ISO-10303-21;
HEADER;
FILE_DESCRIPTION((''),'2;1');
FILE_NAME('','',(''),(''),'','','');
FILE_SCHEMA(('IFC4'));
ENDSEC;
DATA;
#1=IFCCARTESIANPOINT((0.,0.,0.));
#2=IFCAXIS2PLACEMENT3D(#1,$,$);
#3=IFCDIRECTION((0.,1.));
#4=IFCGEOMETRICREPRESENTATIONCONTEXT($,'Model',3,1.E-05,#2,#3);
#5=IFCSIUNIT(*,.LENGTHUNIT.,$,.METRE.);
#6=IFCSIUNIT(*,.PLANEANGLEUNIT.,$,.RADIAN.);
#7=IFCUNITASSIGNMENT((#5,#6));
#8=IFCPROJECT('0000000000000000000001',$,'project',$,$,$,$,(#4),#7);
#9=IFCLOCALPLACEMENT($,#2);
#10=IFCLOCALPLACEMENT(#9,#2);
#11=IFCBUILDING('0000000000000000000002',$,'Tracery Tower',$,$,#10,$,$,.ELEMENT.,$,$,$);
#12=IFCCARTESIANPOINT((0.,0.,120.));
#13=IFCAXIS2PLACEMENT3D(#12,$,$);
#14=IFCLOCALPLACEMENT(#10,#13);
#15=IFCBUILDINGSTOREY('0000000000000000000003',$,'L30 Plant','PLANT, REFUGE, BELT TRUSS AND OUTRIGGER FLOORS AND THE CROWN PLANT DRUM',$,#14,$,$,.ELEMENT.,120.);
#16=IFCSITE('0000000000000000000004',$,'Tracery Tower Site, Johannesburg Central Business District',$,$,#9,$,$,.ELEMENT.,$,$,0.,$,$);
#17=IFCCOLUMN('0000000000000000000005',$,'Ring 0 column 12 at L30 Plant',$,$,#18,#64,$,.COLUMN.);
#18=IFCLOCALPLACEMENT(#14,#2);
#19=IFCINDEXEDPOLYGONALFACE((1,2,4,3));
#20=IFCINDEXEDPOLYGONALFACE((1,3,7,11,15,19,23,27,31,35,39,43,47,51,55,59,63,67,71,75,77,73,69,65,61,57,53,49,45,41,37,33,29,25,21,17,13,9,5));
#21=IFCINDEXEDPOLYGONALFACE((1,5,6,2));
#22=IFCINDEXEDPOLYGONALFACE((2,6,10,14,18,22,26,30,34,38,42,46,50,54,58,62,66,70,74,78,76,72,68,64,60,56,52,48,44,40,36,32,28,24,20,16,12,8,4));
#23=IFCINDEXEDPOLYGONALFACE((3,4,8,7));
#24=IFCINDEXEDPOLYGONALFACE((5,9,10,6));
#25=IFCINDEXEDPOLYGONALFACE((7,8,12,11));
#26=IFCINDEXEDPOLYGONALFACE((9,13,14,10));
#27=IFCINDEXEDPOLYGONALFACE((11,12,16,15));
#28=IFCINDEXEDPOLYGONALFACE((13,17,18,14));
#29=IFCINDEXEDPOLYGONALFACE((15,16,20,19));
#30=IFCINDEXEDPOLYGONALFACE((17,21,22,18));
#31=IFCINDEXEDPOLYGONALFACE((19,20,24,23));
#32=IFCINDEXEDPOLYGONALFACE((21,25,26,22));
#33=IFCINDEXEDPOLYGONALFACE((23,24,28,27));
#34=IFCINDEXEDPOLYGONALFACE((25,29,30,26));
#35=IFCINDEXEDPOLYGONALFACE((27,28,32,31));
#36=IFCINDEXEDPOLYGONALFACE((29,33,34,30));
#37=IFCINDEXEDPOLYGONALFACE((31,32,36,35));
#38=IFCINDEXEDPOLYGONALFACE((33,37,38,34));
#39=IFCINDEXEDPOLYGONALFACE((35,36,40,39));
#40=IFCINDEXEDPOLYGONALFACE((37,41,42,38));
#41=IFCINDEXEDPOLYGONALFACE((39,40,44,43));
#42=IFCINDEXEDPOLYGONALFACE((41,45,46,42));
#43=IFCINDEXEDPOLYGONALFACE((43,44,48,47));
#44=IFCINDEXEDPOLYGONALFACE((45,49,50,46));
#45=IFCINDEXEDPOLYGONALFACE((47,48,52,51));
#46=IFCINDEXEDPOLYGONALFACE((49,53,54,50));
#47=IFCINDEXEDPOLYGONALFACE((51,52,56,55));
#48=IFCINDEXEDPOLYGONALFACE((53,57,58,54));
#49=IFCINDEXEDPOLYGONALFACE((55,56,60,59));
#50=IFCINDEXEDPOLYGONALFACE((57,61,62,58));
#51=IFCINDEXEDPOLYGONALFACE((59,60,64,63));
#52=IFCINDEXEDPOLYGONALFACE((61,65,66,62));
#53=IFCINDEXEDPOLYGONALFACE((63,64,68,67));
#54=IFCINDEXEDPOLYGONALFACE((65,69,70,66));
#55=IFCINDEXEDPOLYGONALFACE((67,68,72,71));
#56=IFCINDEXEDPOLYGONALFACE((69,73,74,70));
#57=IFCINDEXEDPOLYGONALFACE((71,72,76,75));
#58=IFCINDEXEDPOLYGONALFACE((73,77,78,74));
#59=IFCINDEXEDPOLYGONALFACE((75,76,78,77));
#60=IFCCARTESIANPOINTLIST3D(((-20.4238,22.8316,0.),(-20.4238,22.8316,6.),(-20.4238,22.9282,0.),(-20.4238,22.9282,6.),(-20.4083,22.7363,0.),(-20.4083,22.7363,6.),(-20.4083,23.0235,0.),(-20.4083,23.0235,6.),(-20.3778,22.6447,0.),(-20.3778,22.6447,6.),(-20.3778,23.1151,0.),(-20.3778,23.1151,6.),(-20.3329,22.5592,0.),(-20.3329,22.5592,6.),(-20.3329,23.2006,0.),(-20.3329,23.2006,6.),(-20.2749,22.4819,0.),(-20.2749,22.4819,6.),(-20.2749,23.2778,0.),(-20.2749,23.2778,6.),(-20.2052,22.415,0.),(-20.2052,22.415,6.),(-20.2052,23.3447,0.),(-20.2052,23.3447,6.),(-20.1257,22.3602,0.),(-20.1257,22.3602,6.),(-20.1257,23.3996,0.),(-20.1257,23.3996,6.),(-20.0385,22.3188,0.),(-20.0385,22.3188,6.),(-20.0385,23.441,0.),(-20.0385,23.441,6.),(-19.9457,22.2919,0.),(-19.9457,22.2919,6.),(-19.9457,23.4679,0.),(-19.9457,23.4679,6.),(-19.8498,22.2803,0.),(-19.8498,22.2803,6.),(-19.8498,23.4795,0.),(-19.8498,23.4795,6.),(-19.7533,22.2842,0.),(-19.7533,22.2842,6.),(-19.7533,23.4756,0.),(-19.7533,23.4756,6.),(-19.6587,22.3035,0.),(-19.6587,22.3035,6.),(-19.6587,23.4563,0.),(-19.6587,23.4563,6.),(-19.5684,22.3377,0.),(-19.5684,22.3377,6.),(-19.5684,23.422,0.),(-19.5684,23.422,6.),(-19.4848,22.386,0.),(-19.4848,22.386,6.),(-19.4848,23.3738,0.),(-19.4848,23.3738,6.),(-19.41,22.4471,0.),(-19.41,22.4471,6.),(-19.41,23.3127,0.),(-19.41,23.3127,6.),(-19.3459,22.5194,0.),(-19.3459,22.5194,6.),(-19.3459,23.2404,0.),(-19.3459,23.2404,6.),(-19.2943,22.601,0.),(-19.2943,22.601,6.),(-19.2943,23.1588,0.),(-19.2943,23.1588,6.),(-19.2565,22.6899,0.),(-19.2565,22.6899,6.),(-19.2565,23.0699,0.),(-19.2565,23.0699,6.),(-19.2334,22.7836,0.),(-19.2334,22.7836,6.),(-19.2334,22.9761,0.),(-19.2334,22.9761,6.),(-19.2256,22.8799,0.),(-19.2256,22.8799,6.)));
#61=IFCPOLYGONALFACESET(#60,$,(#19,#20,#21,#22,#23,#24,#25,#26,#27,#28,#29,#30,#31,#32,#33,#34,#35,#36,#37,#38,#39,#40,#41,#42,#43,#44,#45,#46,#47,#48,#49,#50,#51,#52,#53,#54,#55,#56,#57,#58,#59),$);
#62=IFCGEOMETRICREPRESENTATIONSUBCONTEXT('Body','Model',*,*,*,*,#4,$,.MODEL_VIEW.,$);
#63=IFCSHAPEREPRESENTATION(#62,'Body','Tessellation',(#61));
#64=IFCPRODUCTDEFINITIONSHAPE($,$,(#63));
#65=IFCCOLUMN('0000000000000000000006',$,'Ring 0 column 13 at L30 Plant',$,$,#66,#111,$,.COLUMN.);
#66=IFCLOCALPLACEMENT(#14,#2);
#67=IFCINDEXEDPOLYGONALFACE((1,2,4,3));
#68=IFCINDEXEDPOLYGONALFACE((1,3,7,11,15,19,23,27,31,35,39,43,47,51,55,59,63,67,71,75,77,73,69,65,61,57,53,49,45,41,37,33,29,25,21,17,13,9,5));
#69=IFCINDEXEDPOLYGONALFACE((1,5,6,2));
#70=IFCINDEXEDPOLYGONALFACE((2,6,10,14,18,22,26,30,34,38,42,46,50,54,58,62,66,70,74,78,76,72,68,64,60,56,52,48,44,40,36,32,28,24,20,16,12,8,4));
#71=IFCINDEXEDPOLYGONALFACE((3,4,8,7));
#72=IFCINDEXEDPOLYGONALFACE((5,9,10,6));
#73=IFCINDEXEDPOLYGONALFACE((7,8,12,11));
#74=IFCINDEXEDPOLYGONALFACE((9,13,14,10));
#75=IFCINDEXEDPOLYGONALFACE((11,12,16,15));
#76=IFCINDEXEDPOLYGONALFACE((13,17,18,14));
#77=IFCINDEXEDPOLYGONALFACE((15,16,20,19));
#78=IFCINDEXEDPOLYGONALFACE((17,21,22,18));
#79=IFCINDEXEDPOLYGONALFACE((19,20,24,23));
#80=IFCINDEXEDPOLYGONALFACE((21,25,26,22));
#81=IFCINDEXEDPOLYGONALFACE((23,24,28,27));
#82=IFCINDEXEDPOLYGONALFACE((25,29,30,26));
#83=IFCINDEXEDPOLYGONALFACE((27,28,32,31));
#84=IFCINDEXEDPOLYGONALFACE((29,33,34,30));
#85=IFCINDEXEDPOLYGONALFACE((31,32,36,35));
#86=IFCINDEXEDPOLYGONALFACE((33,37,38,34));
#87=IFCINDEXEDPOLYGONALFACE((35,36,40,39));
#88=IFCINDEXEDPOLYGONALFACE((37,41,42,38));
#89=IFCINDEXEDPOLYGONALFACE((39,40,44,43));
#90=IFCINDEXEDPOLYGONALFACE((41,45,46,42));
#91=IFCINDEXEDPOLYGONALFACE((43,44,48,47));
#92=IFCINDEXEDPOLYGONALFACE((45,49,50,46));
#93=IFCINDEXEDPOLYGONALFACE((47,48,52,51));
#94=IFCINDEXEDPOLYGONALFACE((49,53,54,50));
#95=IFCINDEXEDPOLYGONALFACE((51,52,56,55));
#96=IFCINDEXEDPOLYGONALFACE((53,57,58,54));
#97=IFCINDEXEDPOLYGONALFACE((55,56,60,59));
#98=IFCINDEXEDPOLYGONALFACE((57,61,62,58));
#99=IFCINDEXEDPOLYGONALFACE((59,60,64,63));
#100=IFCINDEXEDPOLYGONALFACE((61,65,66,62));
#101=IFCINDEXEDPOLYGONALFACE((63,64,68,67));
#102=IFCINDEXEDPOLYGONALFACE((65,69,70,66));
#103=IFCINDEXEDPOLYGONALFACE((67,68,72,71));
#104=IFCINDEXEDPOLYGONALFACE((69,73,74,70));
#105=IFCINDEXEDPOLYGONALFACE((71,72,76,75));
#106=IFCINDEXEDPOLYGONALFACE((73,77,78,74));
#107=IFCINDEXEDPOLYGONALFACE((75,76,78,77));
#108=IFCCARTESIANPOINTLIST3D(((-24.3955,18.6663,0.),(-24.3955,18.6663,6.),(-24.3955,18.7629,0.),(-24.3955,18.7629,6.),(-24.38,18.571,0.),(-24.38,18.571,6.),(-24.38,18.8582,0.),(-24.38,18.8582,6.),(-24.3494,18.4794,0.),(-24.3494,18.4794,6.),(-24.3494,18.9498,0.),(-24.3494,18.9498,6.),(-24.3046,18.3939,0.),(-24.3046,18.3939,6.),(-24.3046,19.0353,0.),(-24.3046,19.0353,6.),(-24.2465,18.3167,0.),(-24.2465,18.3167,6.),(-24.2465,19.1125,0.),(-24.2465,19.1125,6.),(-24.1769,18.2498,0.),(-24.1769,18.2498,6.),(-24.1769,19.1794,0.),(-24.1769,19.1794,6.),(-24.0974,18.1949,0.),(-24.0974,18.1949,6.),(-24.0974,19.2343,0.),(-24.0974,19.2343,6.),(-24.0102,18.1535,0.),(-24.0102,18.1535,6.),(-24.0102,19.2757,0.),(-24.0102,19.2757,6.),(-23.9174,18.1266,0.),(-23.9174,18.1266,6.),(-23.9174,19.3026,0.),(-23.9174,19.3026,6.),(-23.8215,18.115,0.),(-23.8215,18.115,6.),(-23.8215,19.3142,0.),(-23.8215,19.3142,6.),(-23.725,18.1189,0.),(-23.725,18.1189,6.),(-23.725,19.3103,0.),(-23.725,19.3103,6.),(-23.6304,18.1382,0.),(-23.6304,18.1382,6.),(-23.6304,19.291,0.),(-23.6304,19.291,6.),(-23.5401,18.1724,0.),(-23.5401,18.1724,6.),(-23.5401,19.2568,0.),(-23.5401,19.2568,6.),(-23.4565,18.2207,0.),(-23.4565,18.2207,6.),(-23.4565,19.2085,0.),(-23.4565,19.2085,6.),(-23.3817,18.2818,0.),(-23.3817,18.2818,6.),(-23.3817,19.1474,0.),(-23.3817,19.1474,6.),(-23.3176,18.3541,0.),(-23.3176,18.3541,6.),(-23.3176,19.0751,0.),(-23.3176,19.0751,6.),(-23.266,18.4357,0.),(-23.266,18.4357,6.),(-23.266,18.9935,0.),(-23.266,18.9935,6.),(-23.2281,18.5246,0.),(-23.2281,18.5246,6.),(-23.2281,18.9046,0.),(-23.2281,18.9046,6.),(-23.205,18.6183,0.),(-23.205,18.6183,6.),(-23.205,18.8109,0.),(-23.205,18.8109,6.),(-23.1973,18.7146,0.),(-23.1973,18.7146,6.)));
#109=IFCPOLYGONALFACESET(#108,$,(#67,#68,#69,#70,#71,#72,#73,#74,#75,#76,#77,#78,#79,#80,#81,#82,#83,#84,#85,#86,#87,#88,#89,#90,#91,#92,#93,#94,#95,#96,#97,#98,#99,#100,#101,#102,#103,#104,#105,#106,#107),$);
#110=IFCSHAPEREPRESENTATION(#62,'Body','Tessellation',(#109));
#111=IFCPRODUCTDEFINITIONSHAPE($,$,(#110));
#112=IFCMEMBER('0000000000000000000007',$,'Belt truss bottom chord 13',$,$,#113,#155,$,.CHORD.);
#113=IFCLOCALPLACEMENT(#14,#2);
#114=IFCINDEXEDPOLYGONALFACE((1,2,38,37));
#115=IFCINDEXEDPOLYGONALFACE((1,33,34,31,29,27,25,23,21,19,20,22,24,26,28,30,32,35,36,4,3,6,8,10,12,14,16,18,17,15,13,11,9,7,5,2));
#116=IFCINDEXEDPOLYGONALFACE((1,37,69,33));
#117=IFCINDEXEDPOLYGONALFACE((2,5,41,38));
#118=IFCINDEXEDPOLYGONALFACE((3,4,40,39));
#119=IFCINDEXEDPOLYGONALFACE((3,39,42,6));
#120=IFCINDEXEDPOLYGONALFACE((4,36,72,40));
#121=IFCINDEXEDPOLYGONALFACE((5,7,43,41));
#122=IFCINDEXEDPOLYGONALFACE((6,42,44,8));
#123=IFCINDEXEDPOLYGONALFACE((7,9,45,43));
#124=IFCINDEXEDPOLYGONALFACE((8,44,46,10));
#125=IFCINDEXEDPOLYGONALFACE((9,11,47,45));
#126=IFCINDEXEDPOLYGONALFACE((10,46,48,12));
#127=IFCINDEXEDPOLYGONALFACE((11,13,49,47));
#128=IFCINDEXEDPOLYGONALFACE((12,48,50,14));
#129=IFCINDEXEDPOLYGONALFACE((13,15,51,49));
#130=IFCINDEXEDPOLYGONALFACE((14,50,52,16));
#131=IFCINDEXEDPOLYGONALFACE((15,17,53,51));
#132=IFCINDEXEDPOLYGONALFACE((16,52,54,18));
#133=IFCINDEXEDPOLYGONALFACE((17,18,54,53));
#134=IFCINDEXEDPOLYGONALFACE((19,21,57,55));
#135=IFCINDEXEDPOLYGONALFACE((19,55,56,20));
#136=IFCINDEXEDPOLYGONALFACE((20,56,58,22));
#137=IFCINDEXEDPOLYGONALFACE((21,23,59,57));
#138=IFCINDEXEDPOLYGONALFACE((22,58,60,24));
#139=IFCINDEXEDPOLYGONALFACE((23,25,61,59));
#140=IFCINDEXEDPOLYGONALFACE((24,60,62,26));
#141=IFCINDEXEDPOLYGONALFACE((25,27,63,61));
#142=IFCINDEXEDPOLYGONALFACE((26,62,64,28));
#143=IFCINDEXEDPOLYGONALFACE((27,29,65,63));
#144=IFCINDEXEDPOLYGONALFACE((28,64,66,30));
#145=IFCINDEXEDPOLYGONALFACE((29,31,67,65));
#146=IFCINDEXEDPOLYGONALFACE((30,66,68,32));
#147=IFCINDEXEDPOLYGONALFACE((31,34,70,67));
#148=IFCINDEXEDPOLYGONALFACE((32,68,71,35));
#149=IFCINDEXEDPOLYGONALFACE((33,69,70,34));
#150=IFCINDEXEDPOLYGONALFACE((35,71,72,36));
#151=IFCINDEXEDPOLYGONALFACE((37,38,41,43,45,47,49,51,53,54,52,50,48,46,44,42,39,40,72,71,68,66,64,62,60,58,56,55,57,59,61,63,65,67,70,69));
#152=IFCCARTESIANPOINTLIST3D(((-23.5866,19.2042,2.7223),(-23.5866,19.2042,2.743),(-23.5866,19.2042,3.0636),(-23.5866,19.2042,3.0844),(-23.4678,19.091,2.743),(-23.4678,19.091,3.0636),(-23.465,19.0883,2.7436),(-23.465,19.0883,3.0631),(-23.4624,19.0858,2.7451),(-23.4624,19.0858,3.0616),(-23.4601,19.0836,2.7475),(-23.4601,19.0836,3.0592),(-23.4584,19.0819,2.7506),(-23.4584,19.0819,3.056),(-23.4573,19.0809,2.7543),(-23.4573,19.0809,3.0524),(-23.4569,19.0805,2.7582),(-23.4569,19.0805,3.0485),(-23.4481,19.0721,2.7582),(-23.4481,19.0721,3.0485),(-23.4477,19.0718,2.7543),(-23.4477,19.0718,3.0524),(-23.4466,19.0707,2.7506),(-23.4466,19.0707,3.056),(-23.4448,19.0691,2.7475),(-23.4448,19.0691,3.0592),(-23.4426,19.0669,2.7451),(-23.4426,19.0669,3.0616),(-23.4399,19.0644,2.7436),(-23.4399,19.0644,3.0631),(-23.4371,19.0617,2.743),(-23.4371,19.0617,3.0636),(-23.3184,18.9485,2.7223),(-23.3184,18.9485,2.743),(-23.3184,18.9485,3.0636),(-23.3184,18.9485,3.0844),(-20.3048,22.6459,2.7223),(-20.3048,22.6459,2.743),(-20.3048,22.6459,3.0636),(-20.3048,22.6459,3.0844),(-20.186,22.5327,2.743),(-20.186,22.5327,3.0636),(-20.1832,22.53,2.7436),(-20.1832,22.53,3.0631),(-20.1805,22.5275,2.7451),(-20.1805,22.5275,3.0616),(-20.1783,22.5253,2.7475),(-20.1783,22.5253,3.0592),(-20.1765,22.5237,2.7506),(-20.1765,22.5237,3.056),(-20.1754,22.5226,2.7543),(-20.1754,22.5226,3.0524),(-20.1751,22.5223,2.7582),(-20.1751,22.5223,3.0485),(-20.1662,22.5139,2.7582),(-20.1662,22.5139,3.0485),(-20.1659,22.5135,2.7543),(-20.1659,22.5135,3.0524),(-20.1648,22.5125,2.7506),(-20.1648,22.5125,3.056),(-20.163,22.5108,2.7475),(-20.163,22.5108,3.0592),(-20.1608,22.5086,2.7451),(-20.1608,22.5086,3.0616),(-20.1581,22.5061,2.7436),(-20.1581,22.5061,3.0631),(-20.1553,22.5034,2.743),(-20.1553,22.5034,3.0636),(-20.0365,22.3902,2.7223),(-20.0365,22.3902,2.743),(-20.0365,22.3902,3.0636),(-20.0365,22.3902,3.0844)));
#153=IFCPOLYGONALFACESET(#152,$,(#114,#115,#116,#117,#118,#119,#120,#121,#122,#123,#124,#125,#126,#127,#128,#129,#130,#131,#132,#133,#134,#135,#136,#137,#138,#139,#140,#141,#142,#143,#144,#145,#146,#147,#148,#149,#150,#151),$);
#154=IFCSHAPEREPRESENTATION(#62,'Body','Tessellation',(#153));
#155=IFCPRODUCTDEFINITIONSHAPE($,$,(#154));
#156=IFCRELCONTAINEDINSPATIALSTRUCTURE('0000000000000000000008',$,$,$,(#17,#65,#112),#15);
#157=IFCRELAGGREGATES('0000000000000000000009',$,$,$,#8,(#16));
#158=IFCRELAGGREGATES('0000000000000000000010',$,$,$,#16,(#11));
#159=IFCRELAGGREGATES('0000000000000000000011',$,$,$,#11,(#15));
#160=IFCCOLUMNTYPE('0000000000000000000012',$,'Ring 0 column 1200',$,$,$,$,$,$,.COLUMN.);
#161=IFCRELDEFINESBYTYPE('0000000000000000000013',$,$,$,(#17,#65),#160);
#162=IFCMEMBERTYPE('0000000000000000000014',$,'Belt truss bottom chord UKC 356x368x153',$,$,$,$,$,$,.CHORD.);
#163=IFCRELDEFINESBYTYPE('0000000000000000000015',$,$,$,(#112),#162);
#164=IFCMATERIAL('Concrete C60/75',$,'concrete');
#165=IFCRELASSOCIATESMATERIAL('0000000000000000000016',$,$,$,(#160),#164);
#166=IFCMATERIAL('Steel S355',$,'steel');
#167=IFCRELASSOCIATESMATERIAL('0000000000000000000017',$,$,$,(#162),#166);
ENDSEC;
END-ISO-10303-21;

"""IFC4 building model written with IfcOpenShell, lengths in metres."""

from ifc_helpers import new_model, si_unit, direction, frame, origin, origin_2d, place, context, subcontext, project, spatial, circle, i_section, extrude, material, material_profile, profile_set, type_object, element, save


model = new_model("IFC4")

# Units and contexts
model_context = context("Model", 3, precision=1e-05, world=origin(), true_north=direction((0.0, 1.0)))
body_context = subcontext(model_context, "Body", "Model", "MODEL_VIEW")
ifc_project = project(units=[si_unit("LENGTHUNIT", "METRE"), si_unit("PLANEANGLEUNIT", "RADIAN")], contexts=[model_context])

# Site, building, storey
site_placement = place(None, origin())
site = spatial("IfcSite", under=ifc_project, at=site_placement, Name="Tracery Tower Site, Johannesburg Central Business District", CompositionType="ELEMENT", RefElevation=0.0)
building_placement = place(site_placement, origin())
building = spatial("IfcBuilding", under=site, at=building_placement, Name="Tracery Tower", CompositionType="ELEMENT")
storey_placement = place(building_placement, frame((0.0, 0.0, 120.0)))
storey = spatial("IfcBuildingStorey", under=building, at=storey_placement, Name="L30 Plant", Description="PLANT, REFUGE, BELT TRUSS AND OUTRIGGER FLOORS AND THE CROWN PLANT DRUM", CompositionType="ELEMENT", Elevation=120.0)

# Columns
ifc_material_1 = material(Name="Concrete C60/75", Category="concrete")
ifc_material_profile_1 = material_profile(ifc_material_1, circle(Radius=0.6001, at=origin_2d()), Name="RC D1200")
ifc_profile_set_1 = profile_set([ifc_material_profile_1], Name="Concrete C60/75")
column_type = type_object("IfcColumnType", Name="Ring 0 column 1200", PredefinedType="COLUMN", material=ifc_profile_set_1)
for number, where, z_axis, x_axis, name in (
    (1, (-19.8257, 22.8799, 0.0), (0.0, 0.0, 1.0), (1.0, 0.0, 0.0), "Ring 0 column 12 at L30 Plant"),
    (2, (-23.7974, 18.7146, 0.0), (0.0, 0.0, 1.0), (1.0, 0.0, 0.0), "Ring 0 column 13 at L30 Plant"),
):
    element("IfcColumn", number, at=place(storey_placement, frame(where, z_axis=z_axis, x_axis=x_axis)), inside=storey, type_object=column_type, Name=name, PredefinedType="COLUMN", context=body_context, shape_type="SweptSolid", body=[
        extrude(circle(Radius=0.6001, at=origin_2d()), origin(), (0.0, 0.0, 1.0), 6.0),
    ])

# Member
ifc_material_2 = material(Name="Steel S355", Category="steel")
ifc_material_profile_2 = material_profile(ifc_material_2, i_section(OverallWidth=0.3706, OverallDepth=0.3621, WebThickness=0.0122, FlangeThickness=0.0208, FilletRadius=0.0151, at=origin_2d()), Name="UKC 356x368x153")
ifc_profile_set_2 = profile_set([ifc_material_profile_2], Name="Steel S355")
member_type_1 = type_object("IfcMemberType", Name="Belt truss bottom chord UKC 356x368x153", PredefinedType="CHORD", material=ifc_profile_set_2)
member_1_placement = place(storey_placement, frame((-20.1707, 22.5181, 2.9033), z_axis=(-0.690093, -0.72372, 0.0), x_axis=(0.72372, -0.690093, 0.0)))
element("IfcMember", 3, at=member_1_placement, inside=storey, type_object=member_type_1, Name="Belt truss bottom chord 13", PredefinedType="CHORD", context=body_context, shape_type="SweptSolid", body=[
    extrude(i_section(OverallWidth=0.3706, OverallDepth=0.3621, WebThickness=0.0122, FlangeThickness=0.0208, FilletRadius=0.0151, at=origin_2d()), origin(), (0.0, 0.0, 1.0), 4.7556),
])

save(model, "model.ifc")
